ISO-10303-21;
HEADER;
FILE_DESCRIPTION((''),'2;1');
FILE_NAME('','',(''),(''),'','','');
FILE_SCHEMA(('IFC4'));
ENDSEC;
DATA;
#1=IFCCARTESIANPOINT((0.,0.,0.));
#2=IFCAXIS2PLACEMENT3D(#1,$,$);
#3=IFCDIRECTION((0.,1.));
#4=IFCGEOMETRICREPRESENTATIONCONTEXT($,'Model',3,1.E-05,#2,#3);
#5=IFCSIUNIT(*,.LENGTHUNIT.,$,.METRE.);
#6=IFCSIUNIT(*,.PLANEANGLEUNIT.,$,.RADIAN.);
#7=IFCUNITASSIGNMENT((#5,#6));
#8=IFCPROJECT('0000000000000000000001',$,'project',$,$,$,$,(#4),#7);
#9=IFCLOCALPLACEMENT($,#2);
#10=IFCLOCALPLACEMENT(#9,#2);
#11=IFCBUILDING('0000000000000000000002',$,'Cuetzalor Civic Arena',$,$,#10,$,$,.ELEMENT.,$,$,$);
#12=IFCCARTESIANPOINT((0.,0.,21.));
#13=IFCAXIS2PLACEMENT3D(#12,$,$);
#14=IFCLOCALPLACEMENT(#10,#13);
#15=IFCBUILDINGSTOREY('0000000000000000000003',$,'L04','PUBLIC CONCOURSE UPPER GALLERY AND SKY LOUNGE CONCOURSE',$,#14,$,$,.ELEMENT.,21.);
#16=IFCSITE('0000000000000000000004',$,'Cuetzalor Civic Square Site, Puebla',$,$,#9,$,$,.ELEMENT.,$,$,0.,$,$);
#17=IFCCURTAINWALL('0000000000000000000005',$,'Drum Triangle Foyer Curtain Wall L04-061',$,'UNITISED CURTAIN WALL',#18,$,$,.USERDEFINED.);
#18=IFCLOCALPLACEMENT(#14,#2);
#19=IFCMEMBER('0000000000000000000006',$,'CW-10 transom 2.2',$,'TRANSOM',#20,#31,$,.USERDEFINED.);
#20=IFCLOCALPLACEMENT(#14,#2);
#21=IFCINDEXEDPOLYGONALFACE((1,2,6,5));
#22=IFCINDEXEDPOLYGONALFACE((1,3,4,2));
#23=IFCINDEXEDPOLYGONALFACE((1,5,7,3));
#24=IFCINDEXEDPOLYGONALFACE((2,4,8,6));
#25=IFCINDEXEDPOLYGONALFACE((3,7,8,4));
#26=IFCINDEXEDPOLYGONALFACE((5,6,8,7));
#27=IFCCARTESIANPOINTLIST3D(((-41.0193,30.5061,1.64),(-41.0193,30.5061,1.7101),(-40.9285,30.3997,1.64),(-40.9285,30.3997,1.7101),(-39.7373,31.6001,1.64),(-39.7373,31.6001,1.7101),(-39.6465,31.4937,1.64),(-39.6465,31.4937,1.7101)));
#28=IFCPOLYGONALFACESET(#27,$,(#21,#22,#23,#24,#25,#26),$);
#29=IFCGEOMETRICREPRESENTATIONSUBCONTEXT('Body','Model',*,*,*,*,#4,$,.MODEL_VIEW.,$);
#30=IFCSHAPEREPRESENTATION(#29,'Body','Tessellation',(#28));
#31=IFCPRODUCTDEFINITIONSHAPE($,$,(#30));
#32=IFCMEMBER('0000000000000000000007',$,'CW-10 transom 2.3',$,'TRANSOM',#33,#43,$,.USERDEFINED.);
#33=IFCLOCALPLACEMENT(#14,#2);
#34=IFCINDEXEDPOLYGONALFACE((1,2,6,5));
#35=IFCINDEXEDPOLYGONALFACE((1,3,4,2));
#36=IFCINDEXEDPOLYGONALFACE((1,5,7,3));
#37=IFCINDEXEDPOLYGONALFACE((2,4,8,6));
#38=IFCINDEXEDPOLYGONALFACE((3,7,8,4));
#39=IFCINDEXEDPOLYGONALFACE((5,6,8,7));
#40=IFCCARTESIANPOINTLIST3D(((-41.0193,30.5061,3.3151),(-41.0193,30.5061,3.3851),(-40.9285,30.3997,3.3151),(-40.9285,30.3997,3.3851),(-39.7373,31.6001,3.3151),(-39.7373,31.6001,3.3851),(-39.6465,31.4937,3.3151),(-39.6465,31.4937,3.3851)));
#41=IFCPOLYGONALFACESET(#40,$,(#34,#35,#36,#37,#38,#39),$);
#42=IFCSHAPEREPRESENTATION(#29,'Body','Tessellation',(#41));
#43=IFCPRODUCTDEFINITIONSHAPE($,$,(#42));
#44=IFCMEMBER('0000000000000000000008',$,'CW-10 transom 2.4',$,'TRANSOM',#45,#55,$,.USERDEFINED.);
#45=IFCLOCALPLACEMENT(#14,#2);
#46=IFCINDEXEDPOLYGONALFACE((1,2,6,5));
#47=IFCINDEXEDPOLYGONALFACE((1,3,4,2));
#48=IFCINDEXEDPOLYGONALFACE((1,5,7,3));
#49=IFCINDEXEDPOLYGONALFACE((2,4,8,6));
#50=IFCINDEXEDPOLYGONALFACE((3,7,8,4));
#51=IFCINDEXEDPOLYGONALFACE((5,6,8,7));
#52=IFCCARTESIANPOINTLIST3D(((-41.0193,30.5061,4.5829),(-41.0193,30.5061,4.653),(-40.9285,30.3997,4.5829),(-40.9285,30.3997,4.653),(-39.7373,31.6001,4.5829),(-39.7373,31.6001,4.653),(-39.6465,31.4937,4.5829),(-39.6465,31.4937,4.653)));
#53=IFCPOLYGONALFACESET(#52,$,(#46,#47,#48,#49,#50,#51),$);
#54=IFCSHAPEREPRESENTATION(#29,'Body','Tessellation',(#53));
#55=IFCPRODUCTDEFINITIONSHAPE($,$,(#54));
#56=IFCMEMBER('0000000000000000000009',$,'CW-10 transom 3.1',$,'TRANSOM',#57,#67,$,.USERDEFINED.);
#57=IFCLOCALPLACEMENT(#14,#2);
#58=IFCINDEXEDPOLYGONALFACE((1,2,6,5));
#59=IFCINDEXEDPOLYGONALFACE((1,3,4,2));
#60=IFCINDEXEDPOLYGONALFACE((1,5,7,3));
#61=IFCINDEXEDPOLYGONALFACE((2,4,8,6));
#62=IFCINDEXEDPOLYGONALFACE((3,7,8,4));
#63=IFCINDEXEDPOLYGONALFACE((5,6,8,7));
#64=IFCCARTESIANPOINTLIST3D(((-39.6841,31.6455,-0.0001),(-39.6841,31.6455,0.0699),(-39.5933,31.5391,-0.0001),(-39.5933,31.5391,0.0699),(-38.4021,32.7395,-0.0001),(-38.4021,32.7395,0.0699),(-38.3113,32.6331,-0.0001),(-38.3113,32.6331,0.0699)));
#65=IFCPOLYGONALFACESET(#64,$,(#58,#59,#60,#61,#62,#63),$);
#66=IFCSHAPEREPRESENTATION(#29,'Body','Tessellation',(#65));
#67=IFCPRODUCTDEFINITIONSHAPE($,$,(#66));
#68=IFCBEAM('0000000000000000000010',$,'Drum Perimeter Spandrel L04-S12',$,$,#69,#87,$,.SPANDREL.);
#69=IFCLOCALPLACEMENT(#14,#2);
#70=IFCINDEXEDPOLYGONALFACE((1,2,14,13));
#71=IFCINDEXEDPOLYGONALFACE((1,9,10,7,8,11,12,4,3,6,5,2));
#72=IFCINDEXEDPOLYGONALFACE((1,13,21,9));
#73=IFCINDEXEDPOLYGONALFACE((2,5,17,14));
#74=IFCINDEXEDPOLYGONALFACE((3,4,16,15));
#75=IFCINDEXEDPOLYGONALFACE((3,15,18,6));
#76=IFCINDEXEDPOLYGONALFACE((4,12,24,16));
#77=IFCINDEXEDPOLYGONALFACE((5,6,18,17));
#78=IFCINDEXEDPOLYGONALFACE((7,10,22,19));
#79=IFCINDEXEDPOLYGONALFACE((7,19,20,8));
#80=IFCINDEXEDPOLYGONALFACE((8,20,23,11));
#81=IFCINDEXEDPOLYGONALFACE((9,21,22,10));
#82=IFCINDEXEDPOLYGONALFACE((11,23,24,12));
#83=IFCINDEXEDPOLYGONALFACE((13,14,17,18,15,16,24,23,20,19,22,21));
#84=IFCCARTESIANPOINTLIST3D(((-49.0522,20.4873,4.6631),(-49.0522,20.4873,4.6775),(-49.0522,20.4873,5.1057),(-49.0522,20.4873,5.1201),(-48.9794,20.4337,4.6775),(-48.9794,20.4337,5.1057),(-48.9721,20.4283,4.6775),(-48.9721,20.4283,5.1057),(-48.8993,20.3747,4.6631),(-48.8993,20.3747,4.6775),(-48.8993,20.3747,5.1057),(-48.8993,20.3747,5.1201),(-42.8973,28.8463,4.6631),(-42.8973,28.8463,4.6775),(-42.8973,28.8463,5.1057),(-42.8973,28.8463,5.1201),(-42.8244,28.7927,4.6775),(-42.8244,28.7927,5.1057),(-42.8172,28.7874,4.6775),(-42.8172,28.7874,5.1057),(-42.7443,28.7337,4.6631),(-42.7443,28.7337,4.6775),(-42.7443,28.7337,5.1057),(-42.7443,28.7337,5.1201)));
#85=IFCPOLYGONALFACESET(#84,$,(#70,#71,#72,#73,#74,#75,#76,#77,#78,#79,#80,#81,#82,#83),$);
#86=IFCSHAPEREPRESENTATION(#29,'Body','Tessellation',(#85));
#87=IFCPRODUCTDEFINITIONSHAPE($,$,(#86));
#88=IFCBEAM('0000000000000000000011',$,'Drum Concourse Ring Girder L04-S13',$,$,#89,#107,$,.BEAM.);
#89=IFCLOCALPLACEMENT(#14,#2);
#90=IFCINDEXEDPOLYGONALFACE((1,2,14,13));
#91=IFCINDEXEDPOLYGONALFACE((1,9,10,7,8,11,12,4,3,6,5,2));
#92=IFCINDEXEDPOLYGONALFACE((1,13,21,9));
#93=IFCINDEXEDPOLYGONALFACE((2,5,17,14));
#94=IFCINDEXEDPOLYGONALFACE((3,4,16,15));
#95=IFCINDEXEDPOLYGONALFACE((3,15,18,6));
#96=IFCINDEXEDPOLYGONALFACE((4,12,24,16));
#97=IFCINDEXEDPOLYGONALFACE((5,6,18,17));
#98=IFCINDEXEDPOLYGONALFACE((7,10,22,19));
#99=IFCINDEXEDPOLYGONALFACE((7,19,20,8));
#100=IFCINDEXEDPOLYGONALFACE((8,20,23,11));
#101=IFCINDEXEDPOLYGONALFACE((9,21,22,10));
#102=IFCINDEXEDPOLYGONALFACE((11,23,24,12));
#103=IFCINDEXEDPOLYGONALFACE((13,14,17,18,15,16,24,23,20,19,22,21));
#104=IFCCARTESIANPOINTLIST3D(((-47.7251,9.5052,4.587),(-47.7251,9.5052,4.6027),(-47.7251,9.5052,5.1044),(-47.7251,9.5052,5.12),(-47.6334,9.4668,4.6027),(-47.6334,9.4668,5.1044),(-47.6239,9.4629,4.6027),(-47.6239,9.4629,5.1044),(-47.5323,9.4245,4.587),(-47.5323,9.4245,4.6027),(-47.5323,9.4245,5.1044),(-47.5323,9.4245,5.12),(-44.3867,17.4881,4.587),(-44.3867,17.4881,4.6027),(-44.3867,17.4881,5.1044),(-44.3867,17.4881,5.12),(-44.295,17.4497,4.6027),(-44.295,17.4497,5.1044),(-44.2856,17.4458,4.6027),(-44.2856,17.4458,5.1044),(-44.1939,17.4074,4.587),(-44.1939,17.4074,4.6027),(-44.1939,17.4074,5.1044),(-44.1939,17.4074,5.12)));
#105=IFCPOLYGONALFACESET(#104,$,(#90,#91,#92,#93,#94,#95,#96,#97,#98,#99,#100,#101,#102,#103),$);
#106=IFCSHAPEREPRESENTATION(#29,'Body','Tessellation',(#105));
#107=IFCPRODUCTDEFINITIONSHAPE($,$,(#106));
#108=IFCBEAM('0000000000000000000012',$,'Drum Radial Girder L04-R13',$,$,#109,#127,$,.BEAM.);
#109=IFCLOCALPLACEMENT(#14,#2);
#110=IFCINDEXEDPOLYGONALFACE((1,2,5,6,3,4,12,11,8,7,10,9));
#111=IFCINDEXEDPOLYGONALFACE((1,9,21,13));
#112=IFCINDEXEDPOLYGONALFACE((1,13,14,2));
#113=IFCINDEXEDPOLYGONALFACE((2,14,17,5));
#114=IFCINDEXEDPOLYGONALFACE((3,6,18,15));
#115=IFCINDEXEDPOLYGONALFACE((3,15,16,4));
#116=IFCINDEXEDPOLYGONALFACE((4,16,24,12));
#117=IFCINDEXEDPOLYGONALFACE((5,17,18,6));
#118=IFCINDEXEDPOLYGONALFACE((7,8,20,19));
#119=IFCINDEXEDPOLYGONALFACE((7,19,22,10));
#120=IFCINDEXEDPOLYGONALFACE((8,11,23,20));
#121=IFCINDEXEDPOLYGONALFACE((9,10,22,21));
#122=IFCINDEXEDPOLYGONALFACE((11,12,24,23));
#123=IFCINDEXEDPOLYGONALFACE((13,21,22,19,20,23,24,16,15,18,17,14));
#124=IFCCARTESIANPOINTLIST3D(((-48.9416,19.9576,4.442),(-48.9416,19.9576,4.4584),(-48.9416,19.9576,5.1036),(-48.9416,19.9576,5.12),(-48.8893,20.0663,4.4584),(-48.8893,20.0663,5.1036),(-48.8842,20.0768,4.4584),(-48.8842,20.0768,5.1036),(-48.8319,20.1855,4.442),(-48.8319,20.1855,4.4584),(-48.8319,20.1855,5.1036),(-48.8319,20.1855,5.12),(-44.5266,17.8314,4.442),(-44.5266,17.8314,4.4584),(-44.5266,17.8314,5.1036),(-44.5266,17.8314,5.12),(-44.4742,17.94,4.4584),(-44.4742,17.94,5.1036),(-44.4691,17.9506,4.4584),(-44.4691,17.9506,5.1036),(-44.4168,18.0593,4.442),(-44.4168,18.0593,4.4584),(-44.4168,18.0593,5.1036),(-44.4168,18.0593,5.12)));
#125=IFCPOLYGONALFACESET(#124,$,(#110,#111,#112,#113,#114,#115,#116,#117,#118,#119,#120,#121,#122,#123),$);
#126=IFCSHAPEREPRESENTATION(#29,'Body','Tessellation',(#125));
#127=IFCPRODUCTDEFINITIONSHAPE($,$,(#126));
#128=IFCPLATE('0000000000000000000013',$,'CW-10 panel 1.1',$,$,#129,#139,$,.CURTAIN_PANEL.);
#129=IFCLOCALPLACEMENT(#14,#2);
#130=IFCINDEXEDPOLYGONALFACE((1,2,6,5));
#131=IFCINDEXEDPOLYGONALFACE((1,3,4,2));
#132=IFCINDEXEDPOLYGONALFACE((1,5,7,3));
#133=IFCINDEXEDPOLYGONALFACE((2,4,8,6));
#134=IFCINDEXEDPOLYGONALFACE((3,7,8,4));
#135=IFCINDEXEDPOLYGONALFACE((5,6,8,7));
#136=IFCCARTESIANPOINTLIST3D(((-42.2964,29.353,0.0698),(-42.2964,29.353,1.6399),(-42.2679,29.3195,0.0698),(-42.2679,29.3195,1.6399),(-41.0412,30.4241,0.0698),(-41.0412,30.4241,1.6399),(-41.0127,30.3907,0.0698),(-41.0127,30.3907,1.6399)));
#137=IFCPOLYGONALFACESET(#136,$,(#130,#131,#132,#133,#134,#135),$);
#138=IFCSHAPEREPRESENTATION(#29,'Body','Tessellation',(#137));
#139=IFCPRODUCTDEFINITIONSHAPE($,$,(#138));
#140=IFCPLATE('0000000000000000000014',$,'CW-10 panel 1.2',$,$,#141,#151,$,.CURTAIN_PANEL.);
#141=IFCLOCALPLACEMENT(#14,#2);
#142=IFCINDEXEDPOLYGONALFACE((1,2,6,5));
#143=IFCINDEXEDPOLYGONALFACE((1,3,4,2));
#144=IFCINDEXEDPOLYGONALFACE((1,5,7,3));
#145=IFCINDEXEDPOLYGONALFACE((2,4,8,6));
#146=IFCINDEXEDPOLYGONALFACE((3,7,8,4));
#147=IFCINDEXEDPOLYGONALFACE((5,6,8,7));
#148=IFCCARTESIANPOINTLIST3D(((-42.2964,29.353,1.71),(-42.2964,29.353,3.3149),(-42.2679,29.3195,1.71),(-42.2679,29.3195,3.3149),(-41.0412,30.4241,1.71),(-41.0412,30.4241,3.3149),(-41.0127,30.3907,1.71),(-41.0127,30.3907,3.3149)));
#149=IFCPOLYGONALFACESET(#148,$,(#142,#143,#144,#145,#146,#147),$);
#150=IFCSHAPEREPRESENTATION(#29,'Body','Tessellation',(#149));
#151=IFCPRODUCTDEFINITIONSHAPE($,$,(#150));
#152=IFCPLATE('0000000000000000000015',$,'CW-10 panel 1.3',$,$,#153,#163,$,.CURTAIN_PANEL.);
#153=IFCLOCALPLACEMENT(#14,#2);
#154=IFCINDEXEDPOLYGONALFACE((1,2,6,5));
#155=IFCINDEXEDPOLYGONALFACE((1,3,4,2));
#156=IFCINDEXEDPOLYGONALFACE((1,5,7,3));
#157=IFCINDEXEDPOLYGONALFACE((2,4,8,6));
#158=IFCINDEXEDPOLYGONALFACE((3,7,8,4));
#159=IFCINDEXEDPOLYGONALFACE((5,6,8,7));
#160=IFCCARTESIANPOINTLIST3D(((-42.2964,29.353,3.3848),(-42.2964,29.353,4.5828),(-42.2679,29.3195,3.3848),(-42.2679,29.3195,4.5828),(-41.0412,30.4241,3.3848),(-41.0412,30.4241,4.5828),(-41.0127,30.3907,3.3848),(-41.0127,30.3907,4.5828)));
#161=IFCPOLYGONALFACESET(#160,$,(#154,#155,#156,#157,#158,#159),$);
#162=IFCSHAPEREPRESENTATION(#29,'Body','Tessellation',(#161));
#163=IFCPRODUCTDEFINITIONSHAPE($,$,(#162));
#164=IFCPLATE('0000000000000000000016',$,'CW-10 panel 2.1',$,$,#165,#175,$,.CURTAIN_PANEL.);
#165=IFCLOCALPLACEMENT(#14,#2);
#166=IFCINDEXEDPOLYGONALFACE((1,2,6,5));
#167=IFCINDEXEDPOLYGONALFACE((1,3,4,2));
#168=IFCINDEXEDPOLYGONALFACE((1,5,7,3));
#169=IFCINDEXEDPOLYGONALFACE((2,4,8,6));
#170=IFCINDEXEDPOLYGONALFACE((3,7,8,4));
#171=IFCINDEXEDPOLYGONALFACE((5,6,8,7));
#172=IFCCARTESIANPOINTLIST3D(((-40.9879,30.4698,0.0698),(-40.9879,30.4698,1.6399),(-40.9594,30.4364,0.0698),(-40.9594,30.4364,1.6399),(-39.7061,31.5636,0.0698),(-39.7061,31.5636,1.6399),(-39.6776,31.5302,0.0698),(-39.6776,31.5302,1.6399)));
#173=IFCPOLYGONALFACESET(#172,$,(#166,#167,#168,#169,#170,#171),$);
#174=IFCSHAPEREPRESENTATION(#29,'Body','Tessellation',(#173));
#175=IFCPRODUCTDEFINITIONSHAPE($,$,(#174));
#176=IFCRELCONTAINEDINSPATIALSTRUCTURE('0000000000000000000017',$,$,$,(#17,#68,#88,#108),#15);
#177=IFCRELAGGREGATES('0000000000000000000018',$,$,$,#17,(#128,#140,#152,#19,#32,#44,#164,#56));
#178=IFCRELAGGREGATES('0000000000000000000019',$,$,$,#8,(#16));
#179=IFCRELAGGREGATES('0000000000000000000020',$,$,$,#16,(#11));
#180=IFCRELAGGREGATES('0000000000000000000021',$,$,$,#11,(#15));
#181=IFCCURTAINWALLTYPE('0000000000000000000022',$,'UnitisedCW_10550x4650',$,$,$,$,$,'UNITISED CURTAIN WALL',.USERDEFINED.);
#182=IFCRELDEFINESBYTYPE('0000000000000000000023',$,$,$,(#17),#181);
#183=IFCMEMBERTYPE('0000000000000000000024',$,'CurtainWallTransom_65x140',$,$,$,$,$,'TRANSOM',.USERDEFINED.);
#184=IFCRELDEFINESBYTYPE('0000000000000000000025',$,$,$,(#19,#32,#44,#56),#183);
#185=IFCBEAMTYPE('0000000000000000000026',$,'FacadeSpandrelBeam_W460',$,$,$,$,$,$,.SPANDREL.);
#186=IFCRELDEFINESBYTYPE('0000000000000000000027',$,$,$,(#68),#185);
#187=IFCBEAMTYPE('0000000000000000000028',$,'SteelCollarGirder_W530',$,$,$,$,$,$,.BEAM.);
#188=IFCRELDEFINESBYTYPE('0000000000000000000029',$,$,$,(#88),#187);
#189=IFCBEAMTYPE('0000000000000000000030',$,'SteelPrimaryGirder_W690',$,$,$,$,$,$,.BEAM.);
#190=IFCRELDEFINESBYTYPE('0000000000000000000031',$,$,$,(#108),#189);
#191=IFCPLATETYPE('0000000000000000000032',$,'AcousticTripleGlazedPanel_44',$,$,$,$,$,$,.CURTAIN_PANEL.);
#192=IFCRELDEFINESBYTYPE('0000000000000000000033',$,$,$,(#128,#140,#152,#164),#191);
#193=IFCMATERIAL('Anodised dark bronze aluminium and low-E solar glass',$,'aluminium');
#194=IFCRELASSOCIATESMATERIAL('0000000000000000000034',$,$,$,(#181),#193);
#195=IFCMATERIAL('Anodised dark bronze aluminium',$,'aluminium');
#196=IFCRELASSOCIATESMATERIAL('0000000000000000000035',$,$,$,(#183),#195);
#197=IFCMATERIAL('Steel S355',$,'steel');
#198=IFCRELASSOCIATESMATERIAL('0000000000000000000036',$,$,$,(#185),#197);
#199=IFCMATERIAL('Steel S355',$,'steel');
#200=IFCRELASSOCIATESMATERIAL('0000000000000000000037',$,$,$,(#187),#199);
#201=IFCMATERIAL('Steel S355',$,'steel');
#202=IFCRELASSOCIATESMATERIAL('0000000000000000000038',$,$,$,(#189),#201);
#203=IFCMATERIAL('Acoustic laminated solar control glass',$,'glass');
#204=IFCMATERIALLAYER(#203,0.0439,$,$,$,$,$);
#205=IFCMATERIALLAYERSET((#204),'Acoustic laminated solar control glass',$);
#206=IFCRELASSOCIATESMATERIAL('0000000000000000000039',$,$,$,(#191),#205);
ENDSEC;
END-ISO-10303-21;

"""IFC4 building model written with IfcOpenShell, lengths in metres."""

from ifc_helpers import new_model, si_unit, direction, frame, origin, origin_2d, place, context, subcontext, project, spatial, rectangle, i_section, extrude, material, layer, layer_set, material_profile, profile_set, type_object, element, aggregate, save


model = new_model("IFC4")

# Units and contexts
model_context = context("Model", 3, precision=1e-05, world=origin(), true_north=direction((0.0, 1.0)))
body_context = subcontext(model_context, "Body", "Model", "MODEL_VIEW")
ifc_project = project(units=[si_unit("LENGTHUNIT", "METRE"), si_unit("PLANEANGLEUNIT", "RADIAN")], contexts=[model_context])

# Site, building, storey
site_placement = place(None, origin())
site = spatial("IfcSite", under=ifc_project, at=site_placement, Name="Cuetzalor Civic Square Site, Puebla", CompositionType="ELEMENT", RefElevation=0.0)
building_placement = place(site_placement, origin())
building = spatial("IfcBuilding", under=site, at=building_placement, Name="Cuetzalor Civic Arena", CompositionType="ELEMENT")
storey_placement = place(building_placement, frame((0.0, 0.0, 21.0)))
storey = spatial("IfcBuildingStorey", under=building, at=storey_placement, Name="L04", Description="PUBLIC CONCOURSE UPPER GALLERY AND SKY LOUNGE CONCOURSE", CompositionType="ELEMENT", Elevation=21.0)

# Curtain wall, members
ifc_material_1 = material(Name="Anodised dark bronze aluminium and low-E solar glass", Category="aluminium")
curtain_wall_type = type_object("IfcCurtainWallType", Name="UnitisedCW_10550x4650", ElementType="UNITISED CURTAIN WALL", PredefinedType="USERDEFINED", material=ifc_material_1)
curtain_wall_placement = place(storey_placement, origin())
curtain_wall = element("IfcCurtainWall", 1, at=curtain_wall_placement, inside=storey, type_object=curtain_wall_type, Name="Drum Triangle Foyer Curtain Wall L04-061", ObjectType="UNITISED CURTAIN WALL", PredefinedType="USERDEFINED")
ifc_material_2 = material(Name="Anodised dark bronze aluminium", Category="aluminium")
ifc_material_profile_1 = material_profile(ifc_material_2, rectangle(XDim=0.1399, YDim=0.0701, at=origin_2d()), Name="ALU TRANSOM 70x140")
ifc_profile_set_1 = profile_set([ifc_material_profile_1], Name="Anodised dark bronze aluminium")
member_type_1 = type_object("IfcMemberType", Name="CurtainWallTransom_65x140", ElementType="TRANSOM", PredefinedType="USERDEFINED", material=ifc_profile_set_1)
member_1_placement = place(storey_placement, frame((-40.9739, 30.4529, 1.675), z_axis=(0.760676, 0.649132, 0.0), x_axis=(-0.649132, 0.760676, 0.0)))
member_1 = element("IfcMember", 2, at=member_1_placement, type_object=member_type_1, Name="CW-10 transom 2.2", ObjectType="TRANSOM", PredefinedType="USERDEFINED", context=body_context, shape_type="SweptSolid", body=[
    extrude(rectangle(XDim=0.1399, YDim=0.0701, at=origin_2d()), origin(), (0.0, 0.0, 1.0), 1.6853),
])
member_2_placement = place(storey_placement, frame((-40.9739, 30.4529, 3.3501), z_axis=(0.760676, 0.649132, 0.0), x_axis=(-0.649132, 0.760676, 0.0)))
member_2 = element("IfcMember", 3, at=member_2_placement, type_object=member_type_1, Name="CW-10 transom 2.3", ObjectType="TRANSOM", PredefinedType="USERDEFINED", context=body_context, shape_type="SweptSolid", body=[
    extrude(rectangle(XDim=0.1399, YDim=0.0701, at=origin_2d()), origin(), (0.0, 0.0, 1.0), 1.6853),
])
member_3_placement = place(storey_placement, frame((-40.9739, 30.4529, 4.6179), z_axis=(0.760676, 0.649132, 0.0), x_axis=(-0.649132, 0.760676, 0.0)))
member_3 = element("IfcMember", 4, at=member_3_placement, type_object=member_type_1, Name="CW-10 transom 2.4", ObjectType="TRANSOM", PredefinedType="USERDEFINED", context=body_context, shape_type="SweptSolid", body=[
    extrude(rectangle(XDim=0.1399, YDim=0.0701, at=origin_2d()), origin(), (0.0, 0.0, 1.0), 1.6853),
])
member_4_placement = place(storey_placement, frame((-39.6387, 31.5923, 0.0349), z_axis=(0.760676, 0.649132, 0.0), x_axis=(-0.649132, 0.760676, 0.0)))
member_4 = element("IfcMember", 5, at=member_4_placement, type_object=member_type_1, Name="CW-10 transom 3.1", ObjectType="TRANSOM", PredefinedType="USERDEFINED", context=body_context, shape_type="SweptSolid", body=[
    extrude(rectangle(XDim=0.1399, YDim=0.0701, at=origin_2d()), origin(), (0.0, 0.0, 1.0), 1.6853),
])

# Beams
ifc_material_3 = material(Name="Steel S355", Category="steel")
ifc_material_profile_2 = material_profile(ifc_material_3, i_section(OverallWidth=0.1899, OverallDepth=0.457, WebThickness=0.009, FlangeThickness=0.0144, at=origin_2d()), Name="W460x74")
ifc_profile_set_2 = profile_set([ifc_material_profile_2], Name="Steel S355")
beam_type_1 = type_object("IfcBeamType", Name="FacadeSpandrelBeam_W460", PredefinedType="SPANDREL", material=ifc_profile_set_2)
beam_1_placement = place(storey_placement, frame((-42.8208, 28.79, 4.8916), z_axis=(-0.592929, -0.805255, 0.0), x_axis=(0.805255, -0.592929, 0.0)))
element("IfcBeam", 6, at=beam_1_placement, inside=storey, type_object=beam_type_1, Name="Drum Perimeter Spandrel L04-S12", PredefinedType="SPANDREL", context=body_context, shape_type="SweptSolid", body=[
    extrude(i_section(OverallWidth=0.1899, OverallDepth=0.457, WebThickness=0.009, FlangeThickness=0.0144, at=origin_2d()), origin(), (0.0, 0.0, 1.0), 10.3806),
])
ifc_material_4 = material(Name="Steel S355", Category="steel")
ifc_material_profile_3 = material_profile(ifc_material_4, i_section(OverallWidth=0.209, OverallDepth=0.533, WebThickness=0.0103, FlangeThickness=0.0156, at=origin_2d()), Name="W530x92")
ifc_profile_set_3 = profile_set([ifc_material_profile_3], Name="Steel S355")
beam_type_2 = type_object("IfcBeamType", Name="SteelCollarGirder_W530", PredefinedType="BEAM", material=ifc_profile_set_3)
beam_2_placement = place(storey_placement, frame((-44.2903, 17.4478, 4.8535), z_axis=(-0.385813, -0.922577, 0.0), x_axis=(0.922577, -0.385813, 0.0)))
element("IfcBeam", 7, at=beam_2_placement, inside=storey, type_object=beam_type_2, Name="Drum Concourse Ring Girder L04-S13", PredefinedType="BEAM", context=body_context, shape_type="SweptSolid", body=[
    extrude(i_section(OverallWidth=0.209, OverallDepth=0.533, WebThickness=0.0103, FlangeThickness=0.0156, at=origin_2d()), origin(), (0.0, 0.0, 1.0), 8.6528),
])
ifc_material_5 = material(Name="Steel S355", Category="steel")
ifc_material_profile_4 = material_profile(ifc_material_5, i_section(OverallWidth=0.2529, OverallDepth=0.678, WebThickness=0.0117, FlangeThickness=0.0164, at=origin_2d()), Name="W690x125")
ifc_profile_set_4 = profile_set([ifc_material_profile_4], Name="Steel S355")
beam_type_3 = type_object("IfcBeamType", Name="SteelPrimaryGirder_W690", PredefinedType="BEAM", material=ifc_profile_set_4)
beam_3_placement = place(storey_placement, frame((-44.4717, 17.9453, 4.781), z_axis=(-0.900965, 0.433892, 0.0), x_axis=(-0.433892, -0.900965, 0.0)))
element("IfcBeam", 8, at=beam_3_placement, inside=storey, type_object=beam_type_3, Name="Drum Radial Girder L04-R13", PredefinedType="BEAM", context=body_context, shape_type="SweptSolid", body=[
    extrude(i_section(OverallWidth=0.2529, OverallDepth=0.678, WebThickness=0.0117, FlangeThickness=0.0164, at=origin_2d()), origin(), (0.0, 0.0, 1.0), 4.9004),
])

# Plates
ifc_material_6 = material(Name="Acoustic laminated solar control glass", Category="glass")
ifc_layer_1 = layer(ifc_material_6, 0.0439)
ifc_layer_set_1 = layer_set([ifc_layer_1], Name="Acoustic laminated solar control glass")
plate_type = type_object("IfcPlateType", Name="AcousticTripleGlazedPanel_44", PredefinedType="CURTAIN_PANEL", material=ifc_layer_set_1)
plate_1_placement = place(storey_placement, frame((-41.6545, 29.8718, 0.0698), z_axis=(0.0, 0.0, 1.0), x_axis=(0.760677, 0.64913, 0.0)))
plate_1 = element("IfcPlate", 9, at=plate_1_placement, type_object=plate_type, Name="CW-10 panel 1.1", PredefinedType="CURTAIN_PANEL", context=body_context, shape_type="SweptSolid", body=[
    extrude(rectangle(XDim=1.6501, YDim=0.0439, at=origin_2d()), origin(), (0.0, 0.0, 1.0), 1.5701),
])
plate_2_placement = place(storey_placement, frame((-41.6545, 29.8718, 1.71), z_axis=(0.0, 0.0, 1.0), x_axis=(0.760677, 0.64913, 0.0)))
plate_2 = element("IfcPlate", 10, at=plate_2_placement, type_object=plate_type, Name="CW-10 panel 1.2", PredefinedType="CURTAIN_PANEL", context=body_context, shape_type="SweptSolid", body=[
    extrude(rectangle(XDim=1.6501, YDim=0.0439, at=origin_2d()), origin(), (0.0, 0.0, 1.0), 1.605),
])
plate_3_placement = place(storey_placement, frame((-41.6545, 29.8718, 3.3848), z_axis=(0.0, 0.0, 1.0), x_axis=(0.760677, 0.64913, 0.0)))
plate_3 = element("IfcPlate", 11, at=plate_3_placement, type_object=plate_type, Name="CW-10 panel 1.3", PredefinedType="CURTAIN_PANEL", context=body_context, shape_type="SweptSolid", body=[
    extrude(rectangle(XDim=1.6501, YDim=0.0439, at=origin_2d()), origin(), (0.0, 0.0, 1.0), 1.198),
])
plate_4_placement = place(storey_placement, frame((-40.3328, 31.0, 0.0698), z_axis=(0.0, 0.0, 1.0), x_axis=(0.760677, 0.64913, 0.0)))
plate_4 = element("IfcPlate", 12, at=plate_4_placement, type_object=plate_type, Name="CW-10 panel 2.1", PredefinedType="CURTAIN_PANEL", context=body_context, shape_type="SweptSolid", body=[
    extrude(rectangle(XDim=1.6851, YDim=0.0439, at=origin_2d()), origin(), (0.0, 0.0, 1.0), 1.5701),
])
aggregate(curtain_wall, [plate_1, plate_2, plate_3, member_1, member_2, member_3, plate_4, member_4])

save(model, "model.ifc")
